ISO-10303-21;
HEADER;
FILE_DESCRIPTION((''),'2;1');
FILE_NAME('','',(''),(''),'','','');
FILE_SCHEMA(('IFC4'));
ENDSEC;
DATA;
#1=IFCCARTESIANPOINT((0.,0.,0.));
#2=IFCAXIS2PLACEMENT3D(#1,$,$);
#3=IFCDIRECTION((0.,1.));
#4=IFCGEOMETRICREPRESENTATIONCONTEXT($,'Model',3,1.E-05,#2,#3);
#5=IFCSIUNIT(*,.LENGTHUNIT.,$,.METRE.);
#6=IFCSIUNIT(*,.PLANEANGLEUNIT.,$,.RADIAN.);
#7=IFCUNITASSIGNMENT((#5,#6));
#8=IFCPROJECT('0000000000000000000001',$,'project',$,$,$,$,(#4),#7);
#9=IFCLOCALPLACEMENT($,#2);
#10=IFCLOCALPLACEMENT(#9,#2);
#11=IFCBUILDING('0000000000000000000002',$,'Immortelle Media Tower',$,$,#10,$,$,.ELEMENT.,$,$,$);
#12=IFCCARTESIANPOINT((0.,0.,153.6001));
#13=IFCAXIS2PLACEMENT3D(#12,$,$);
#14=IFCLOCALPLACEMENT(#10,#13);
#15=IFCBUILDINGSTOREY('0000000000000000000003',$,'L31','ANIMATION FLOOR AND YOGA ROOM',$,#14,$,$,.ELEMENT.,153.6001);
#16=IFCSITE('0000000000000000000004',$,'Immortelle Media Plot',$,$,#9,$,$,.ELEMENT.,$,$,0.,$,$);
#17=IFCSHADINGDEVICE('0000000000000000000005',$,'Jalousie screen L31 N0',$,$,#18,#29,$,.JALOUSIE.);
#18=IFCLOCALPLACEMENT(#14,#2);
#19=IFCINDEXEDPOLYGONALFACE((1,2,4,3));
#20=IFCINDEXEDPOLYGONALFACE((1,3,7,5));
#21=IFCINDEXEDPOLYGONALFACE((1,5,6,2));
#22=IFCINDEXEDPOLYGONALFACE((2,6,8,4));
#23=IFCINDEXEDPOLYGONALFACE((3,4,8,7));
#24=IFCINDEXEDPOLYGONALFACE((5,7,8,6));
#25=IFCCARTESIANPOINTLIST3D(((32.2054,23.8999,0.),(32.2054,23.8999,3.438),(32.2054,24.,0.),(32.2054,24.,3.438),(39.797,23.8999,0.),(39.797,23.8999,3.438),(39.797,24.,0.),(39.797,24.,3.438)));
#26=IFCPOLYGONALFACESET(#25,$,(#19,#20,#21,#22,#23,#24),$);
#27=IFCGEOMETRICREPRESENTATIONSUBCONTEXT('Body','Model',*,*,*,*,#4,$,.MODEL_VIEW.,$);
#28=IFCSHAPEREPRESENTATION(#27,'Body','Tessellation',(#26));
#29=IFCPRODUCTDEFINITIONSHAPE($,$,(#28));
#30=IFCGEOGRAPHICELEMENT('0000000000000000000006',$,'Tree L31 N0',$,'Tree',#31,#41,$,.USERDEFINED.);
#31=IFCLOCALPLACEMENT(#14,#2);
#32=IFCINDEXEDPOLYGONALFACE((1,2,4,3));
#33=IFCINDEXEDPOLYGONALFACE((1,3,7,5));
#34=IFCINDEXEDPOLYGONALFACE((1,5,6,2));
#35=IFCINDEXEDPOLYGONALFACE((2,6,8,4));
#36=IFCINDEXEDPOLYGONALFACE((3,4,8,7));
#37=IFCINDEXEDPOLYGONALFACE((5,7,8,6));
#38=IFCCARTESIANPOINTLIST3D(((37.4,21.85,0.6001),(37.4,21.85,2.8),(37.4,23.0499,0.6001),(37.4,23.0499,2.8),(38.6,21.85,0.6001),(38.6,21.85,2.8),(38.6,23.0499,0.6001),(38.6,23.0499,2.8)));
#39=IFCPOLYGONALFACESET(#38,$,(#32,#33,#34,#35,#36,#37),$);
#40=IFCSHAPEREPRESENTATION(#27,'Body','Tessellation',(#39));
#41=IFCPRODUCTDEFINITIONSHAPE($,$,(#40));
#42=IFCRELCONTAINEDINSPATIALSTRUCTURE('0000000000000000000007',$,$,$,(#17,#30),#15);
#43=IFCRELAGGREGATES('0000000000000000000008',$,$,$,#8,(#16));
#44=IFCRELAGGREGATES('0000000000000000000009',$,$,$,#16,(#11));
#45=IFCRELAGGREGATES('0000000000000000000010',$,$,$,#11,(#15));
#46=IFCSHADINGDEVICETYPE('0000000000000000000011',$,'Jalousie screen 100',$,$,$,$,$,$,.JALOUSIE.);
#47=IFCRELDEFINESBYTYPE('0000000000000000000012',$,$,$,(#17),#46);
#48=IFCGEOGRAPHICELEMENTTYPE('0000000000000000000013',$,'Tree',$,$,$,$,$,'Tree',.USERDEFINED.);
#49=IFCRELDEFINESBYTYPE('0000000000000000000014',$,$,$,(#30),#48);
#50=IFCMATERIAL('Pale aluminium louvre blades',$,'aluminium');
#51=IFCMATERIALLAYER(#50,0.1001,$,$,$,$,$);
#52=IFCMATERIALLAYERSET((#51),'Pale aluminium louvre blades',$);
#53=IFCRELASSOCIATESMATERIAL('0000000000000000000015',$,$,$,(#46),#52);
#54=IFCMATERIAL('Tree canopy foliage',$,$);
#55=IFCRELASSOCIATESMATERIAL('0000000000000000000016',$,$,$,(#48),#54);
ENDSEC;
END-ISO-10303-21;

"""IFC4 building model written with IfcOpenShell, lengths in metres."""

from ifc_helpers import new_model, si_unit, direction, frame, origin, origin_2d, place, context, subcontext, project, spatial, rectangle, extrude, material, layer, layer_set, type_object, element, save


model = new_model("IFC4")

# Units and contexts
model_context = context("Model", 3, precision=1e-05, world=origin(), true_north=direction((0.0, 1.0)))
body_context = subcontext(model_context, "Body", "Model", "MODEL_VIEW")
ifc_project = project(units=[si_unit("LENGTHUNIT", "METRE"), si_unit("PLANEANGLEUNIT", "RADIAN")], contexts=[model_context])

# Site, building, storey
site_placement = place(None, origin())
site = spatial("IfcSite", under=ifc_project, at=site_placement, Name="Immortelle Media Plot", CompositionType="ELEMENT", RefElevation=0.0)
building_placement = place(site_placement, origin())
building = spatial("IfcBuilding", under=site, at=building_placement, Name="Immortelle Media Tower", CompositionType="ELEMENT")
storey_placement = place(building_placement, frame((0.0, 0.0, 153.6001)))
storey = spatial("IfcBuildingStorey", under=building, at=storey_placement, Name="L31", Description="ANIMATION FLOOR AND YOGA ROOM", CompositionType="ELEMENT", Elevation=153.6001)

# Shading device
ifc_material_1 = material(Name="Pale aluminium louvre blades", Category="aluminium")
ifc_layer_1 = layer(ifc_material_1, 0.1001)
ifc_layer_set_1 = layer_set([ifc_layer_1], Name="Pale aluminium louvre blades")
shading_device_type = type_object("IfcShadingDeviceType", Name="Jalousie screen 100", PredefinedType="JALOUSIE", material=ifc_layer_set_1)
shading_device_placement = place(storey_placement, frame((36.0012, 23.95, 0.0), z_axis=(0.0, 0.0, 1.0), x_axis=(-1.0, 0.0, 0.0)))
element("IfcShadingDevice", 1, at=shading_device_placement, inside=storey, type_object=shading_device_type, Name="Jalousie screen L31 N0", PredefinedType="JALOUSIE", context=body_context, shape_type="SweptSolid", body=[
    extrude(rectangle(XDim=7.5916, YDim=0.1001, at=origin_2d()), origin(), (0.0, 0.0, 1.0), 3.438),
])

# Geographic element
ifc_material_2 = material(Name="Tree canopy foliage")
geographic_element_type = type_object("IfcGeographicElementType", Name="Tree", ElementType="Tree", PredefinedType="USERDEFINED", material=ifc_material_2)
geographic_element_placement = place(storey_placement, frame((38.0, 22.45, 0.6001), z_axis=(0.0, 0.0, 1.0), x_axis=(1.0, 0.0, 0.0)))
element("IfcGeographicElement", 2, at=geographic_element_placement, inside=storey, type_object=geographic_element_type, Name="Tree L31 N0", ObjectType="Tree", PredefinedType="USERDEFINED", context=body_context, shape_type="SweptSolid", body=[
    extrude(rectangle(XDim=1.2, YDim=1.2, at=origin_2d()), origin(), (0.0, 0.0, 1.0), 2.2),
])

save(model, "model.ifc")
